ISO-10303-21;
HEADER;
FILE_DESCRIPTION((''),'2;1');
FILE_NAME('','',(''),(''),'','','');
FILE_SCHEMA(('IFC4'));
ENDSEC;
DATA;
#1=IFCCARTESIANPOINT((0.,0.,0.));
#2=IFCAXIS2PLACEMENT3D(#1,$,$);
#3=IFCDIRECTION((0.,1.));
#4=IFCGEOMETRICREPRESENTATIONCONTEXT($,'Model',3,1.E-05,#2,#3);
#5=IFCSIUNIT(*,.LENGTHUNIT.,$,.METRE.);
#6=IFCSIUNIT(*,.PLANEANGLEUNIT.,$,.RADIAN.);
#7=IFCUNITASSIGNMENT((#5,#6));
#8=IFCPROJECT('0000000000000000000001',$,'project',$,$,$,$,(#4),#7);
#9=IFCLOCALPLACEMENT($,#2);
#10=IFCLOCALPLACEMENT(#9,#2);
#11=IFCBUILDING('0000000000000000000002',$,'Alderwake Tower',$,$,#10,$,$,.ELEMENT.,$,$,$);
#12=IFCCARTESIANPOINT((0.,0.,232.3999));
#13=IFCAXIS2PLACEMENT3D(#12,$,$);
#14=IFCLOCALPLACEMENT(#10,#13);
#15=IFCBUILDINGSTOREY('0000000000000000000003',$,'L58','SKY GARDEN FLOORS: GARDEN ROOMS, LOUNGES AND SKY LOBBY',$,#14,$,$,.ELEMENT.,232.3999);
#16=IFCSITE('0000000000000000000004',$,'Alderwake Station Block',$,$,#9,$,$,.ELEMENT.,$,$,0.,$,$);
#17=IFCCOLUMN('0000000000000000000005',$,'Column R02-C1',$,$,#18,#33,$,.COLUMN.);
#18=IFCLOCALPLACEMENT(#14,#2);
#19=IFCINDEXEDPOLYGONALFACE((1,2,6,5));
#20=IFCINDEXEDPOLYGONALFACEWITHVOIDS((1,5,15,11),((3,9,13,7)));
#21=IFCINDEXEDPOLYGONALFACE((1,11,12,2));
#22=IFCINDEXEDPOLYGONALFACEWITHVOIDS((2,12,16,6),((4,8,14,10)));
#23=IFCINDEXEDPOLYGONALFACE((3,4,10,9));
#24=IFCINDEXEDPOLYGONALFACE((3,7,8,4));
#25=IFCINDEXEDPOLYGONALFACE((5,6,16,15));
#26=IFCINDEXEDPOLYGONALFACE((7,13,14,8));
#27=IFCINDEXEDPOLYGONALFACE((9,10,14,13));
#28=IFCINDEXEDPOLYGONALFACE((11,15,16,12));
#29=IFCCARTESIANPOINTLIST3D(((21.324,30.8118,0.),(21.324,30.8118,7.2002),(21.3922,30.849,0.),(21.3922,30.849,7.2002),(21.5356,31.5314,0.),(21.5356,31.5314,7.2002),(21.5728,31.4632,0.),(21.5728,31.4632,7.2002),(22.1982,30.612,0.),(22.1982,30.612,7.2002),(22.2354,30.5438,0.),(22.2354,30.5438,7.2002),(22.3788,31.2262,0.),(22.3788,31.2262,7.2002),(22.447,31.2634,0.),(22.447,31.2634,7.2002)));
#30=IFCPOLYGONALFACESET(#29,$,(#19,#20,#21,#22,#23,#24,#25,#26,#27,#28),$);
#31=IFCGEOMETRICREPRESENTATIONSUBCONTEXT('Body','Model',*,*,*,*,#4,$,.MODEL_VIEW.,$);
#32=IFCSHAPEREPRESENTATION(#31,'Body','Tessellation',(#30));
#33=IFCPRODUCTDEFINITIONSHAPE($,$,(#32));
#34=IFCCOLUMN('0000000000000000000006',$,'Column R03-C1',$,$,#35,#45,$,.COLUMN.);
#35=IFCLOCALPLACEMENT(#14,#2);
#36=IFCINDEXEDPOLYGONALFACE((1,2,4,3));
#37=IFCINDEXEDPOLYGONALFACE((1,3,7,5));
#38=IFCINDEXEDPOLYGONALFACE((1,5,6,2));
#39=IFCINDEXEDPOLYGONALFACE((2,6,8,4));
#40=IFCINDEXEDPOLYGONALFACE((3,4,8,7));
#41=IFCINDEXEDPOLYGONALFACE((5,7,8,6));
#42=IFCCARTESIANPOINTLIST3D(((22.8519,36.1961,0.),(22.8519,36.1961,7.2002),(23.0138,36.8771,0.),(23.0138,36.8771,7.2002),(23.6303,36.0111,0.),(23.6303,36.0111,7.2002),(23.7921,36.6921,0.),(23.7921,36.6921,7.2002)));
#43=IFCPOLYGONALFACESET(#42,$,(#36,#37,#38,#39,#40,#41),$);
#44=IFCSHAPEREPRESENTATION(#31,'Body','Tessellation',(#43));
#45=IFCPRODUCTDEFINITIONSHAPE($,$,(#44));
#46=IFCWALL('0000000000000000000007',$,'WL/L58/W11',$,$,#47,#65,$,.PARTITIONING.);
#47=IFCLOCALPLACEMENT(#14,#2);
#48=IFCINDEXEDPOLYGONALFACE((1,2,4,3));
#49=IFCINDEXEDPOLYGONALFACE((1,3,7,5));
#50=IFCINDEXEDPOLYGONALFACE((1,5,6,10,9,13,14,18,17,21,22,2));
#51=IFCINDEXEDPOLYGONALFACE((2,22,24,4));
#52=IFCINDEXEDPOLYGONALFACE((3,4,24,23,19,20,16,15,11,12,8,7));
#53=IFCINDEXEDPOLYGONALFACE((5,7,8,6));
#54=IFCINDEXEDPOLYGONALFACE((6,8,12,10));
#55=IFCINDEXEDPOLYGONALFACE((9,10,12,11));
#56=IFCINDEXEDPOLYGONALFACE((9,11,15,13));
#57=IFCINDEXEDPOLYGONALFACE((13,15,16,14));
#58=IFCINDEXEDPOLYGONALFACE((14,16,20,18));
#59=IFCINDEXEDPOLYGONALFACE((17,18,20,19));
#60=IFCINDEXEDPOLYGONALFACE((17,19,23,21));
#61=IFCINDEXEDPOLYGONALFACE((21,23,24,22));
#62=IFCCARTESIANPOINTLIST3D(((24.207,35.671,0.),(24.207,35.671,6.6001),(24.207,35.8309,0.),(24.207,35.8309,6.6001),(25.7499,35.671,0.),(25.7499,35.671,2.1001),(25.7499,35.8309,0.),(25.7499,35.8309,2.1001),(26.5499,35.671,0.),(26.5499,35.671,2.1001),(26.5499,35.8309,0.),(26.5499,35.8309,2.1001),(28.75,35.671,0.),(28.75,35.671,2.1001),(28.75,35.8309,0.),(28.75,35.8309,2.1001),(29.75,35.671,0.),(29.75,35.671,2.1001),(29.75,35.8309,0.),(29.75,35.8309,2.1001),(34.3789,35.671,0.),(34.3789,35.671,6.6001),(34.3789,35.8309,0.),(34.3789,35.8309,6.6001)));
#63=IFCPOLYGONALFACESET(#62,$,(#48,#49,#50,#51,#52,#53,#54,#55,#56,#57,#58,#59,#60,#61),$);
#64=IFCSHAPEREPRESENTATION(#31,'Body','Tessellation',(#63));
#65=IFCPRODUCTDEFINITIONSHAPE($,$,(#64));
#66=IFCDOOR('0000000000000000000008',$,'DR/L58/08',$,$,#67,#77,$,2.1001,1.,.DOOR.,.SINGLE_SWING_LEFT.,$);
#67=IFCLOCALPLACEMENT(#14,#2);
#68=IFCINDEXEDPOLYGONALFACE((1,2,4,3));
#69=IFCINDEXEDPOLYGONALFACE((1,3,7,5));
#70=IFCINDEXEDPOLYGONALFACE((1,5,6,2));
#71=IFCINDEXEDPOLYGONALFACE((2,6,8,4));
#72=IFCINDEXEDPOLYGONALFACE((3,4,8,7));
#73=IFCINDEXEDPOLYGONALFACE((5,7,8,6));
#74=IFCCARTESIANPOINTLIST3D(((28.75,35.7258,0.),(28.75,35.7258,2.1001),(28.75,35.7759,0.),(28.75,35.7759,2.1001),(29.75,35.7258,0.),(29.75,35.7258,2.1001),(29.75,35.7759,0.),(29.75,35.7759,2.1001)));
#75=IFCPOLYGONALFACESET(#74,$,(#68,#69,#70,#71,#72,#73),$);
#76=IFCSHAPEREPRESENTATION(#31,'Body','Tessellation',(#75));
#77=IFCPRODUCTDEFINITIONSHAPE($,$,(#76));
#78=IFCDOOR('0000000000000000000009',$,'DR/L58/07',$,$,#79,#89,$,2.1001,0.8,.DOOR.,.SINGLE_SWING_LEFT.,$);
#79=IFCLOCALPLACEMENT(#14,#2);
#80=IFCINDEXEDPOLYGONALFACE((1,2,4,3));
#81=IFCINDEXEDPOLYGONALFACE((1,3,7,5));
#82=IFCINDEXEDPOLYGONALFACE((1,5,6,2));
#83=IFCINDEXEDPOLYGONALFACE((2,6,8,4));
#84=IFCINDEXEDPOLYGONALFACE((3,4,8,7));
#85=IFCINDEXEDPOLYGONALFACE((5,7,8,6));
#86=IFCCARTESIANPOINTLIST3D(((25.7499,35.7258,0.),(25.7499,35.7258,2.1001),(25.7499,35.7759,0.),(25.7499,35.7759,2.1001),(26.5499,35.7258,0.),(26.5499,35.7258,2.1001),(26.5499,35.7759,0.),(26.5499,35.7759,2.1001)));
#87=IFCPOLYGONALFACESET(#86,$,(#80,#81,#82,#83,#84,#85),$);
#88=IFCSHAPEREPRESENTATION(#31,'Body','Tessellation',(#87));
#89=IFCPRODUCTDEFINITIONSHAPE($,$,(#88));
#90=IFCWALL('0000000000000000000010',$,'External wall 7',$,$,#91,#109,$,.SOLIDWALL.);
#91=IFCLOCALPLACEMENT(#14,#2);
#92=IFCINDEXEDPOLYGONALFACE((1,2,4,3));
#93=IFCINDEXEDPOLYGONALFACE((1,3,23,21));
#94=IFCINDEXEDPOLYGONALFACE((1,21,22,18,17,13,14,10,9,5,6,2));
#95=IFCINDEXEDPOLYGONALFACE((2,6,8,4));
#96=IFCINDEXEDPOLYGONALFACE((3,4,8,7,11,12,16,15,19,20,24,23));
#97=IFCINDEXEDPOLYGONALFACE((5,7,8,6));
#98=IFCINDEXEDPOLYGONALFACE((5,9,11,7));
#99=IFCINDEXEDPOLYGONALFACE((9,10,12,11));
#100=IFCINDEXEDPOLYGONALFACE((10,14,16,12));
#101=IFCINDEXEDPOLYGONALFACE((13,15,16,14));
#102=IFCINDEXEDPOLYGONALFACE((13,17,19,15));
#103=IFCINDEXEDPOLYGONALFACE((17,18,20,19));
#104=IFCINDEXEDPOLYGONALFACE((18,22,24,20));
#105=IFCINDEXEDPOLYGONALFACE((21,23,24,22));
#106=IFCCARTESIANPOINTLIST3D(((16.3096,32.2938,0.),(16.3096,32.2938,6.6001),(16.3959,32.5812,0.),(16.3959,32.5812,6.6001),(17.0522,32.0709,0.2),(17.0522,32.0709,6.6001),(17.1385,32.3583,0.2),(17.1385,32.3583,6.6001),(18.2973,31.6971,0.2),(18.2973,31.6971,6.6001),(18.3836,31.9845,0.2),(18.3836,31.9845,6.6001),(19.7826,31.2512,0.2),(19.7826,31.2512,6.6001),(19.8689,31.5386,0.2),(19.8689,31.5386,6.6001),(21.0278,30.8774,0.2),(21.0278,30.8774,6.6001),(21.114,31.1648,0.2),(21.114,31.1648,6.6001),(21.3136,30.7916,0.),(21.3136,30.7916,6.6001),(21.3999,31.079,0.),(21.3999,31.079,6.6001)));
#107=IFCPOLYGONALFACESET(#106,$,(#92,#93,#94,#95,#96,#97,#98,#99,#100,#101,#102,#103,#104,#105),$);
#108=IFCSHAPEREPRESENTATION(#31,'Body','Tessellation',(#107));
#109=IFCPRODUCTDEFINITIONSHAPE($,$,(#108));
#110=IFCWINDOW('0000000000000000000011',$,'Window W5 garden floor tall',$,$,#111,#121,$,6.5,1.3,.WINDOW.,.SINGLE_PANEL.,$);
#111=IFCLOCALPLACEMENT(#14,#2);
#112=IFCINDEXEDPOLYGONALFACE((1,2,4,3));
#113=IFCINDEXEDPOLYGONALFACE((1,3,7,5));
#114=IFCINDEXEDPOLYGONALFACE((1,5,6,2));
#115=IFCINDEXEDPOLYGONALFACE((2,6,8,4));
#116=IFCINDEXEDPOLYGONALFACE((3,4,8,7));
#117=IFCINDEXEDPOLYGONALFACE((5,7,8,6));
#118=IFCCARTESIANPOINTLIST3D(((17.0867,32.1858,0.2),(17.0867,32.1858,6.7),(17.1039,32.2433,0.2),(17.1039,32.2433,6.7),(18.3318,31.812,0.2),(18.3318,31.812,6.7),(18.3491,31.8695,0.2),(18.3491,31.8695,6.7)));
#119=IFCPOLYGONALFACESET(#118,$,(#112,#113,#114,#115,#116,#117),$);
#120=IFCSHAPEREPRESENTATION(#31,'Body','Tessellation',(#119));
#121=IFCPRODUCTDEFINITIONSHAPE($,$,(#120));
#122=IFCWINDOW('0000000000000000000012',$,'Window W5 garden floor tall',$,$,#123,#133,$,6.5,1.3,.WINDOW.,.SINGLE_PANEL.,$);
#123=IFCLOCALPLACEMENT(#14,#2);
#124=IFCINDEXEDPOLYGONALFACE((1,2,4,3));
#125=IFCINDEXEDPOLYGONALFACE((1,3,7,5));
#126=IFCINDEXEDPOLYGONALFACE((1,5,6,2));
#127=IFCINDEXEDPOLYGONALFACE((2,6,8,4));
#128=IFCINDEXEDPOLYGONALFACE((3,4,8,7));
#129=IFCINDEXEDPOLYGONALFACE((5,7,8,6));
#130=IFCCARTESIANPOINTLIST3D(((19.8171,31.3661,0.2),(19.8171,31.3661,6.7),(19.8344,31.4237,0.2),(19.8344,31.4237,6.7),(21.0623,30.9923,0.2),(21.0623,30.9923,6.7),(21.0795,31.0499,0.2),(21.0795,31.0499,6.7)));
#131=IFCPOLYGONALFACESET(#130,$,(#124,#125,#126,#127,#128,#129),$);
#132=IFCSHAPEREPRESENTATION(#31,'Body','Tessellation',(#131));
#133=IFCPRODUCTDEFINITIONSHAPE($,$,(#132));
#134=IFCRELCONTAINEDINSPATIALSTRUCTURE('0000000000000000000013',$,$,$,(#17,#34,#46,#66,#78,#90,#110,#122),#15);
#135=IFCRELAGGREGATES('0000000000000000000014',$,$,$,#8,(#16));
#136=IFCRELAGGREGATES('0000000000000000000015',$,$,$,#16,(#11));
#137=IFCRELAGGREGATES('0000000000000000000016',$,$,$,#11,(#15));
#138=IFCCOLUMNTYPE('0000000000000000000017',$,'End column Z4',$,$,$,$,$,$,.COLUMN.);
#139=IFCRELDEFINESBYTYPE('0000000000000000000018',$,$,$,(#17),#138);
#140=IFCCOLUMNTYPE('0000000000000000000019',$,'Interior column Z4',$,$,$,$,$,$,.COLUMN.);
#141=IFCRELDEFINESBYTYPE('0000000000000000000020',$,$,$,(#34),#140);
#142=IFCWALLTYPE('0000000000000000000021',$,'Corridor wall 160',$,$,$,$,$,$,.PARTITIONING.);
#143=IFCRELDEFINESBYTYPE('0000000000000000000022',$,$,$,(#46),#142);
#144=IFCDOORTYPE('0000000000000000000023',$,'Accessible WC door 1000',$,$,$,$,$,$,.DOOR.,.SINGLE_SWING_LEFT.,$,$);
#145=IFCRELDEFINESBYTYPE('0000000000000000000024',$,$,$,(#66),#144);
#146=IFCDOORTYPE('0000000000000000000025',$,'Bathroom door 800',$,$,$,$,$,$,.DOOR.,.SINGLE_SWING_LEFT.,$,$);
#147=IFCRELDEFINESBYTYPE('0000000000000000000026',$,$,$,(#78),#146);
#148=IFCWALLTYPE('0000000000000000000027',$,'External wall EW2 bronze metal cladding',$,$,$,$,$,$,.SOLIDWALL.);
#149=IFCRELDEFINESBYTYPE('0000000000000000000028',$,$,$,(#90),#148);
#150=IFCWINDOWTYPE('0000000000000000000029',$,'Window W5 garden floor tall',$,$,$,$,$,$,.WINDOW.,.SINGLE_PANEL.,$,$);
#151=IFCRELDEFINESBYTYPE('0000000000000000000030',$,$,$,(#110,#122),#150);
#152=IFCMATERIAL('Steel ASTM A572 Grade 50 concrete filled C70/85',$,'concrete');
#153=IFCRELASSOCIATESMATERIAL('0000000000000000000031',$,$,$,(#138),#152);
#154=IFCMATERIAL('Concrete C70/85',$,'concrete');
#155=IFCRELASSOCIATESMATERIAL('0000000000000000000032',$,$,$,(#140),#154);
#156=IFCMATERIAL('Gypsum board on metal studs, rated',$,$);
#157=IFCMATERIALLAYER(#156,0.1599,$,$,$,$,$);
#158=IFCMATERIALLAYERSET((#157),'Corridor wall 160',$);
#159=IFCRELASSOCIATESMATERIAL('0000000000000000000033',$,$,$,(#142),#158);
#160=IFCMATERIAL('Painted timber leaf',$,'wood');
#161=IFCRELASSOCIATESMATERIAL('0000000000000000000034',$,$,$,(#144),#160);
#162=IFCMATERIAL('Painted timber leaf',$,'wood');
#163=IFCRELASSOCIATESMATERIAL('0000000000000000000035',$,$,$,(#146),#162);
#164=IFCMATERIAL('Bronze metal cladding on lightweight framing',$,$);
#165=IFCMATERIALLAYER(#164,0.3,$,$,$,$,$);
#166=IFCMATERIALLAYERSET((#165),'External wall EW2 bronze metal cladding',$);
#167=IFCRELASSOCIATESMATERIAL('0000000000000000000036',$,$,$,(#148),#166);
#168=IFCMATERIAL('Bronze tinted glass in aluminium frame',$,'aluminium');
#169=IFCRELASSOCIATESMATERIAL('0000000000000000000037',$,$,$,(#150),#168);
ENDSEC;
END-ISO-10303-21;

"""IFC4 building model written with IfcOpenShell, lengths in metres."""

from ifc_helpers import new_model, si_unit, direction, frame, frame_2d, origin, origin_2d, place, context, subcontext, project, spatial, rectangle, hollow_rectangle, extrude, material, layer, layer_set, material_profile, profile_set, type_object, element, fill, save


model = new_model("IFC4")

# Units and contexts
model_context = context("Model", 3, precision=1e-05, world=origin(), true_north=direction((0.0, 1.0)))
body_context = subcontext(model_context, "Body", "Model", "MODEL_VIEW")
ifc_project = project(units=[si_unit("LENGTHUNIT", "METRE"), si_unit("PLANEANGLEUNIT", "RADIAN")], contexts=[model_context])

# Site, building, storey
site_placement = place(None, origin())
site = spatial("IfcSite", under=ifc_project, at=site_placement, Name="Alderwake Station Block", CompositionType="ELEMENT", RefElevation=0.0)
building_placement = place(site_placement, origin())
building = spatial("IfcBuilding", under=site, at=building_placement, Name="Alderwake Tower", CompositionType="ELEMENT")
storey_placement = place(building_placement, frame((0.0, 0.0, 232.3999)))
storey = spatial("IfcBuildingStorey", under=building, at=storey_placement, Name="L58", Description="SKY GARDEN FLOORS: GARDEN ROOMS, LOUNGES AND SKY LOBBY", CompositionType="ELEMENT", Elevation=232.3999)

# Columns
ifc_material_1 = material(Name="Steel ASTM A572 Grade 50 concrete filled C70/85", Category="concrete")
ifc_material_profile_1 = material_profile(ifc_material_1, hollow_rectangle(XDim=0.75, YDim=0.95, WallThickness=0.0549, at=origin_2d()), Name="BOX 950X750X55")
ifc_profile_set_1 = profile_set([ifc_material_profile_1], Name="Steel ASTM A572 Grade 50 concrete filled C70/85")
column_type_1 = type_object("IfcColumnType", Name="End column Z4", PredefinedType="COLUMN", material=ifc_profile_set_1)
column_1_placement = place(storey_placement, frame((21.8855, 31.0376, 0.0), z_axis=(0.0, 0.0, 1.0), x_axis=(0.282132, 0.959376, 0.0)))
element("IfcColumn", 1, at=column_1_placement, inside=storey, type_object=column_type_1, Name="Column R02-C1", PredefinedType="COLUMN", context=body_context, shape_type="SweptSolid", body=[
    extrude(hollow_rectangle(XDim=0.75, YDim=0.95, WallThickness=0.0549, at=origin_2d()), origin(), (0.0, 0.0, 1.0), 7.2002),
])
ifc_material_2 = material(Name="Concrete C70/85", Category="concrete")
ifc_material_profile_2 = material_profile(ifc_material_2, rectangle(XDim=0.7, YDim=0.8, at=origin_2d()), Name="RC 800X700")
ifc_profile_set_2 = profile_set([ifc_material_profile_2], Name="Concrete C70/85")
column_type_2 = type_object("IfcColumnType", Name="Interior column Z4", PredefinedType="COLUMN", material=ifc_profile_set_2)
column_2_placement = place(storey_placement, frame((23.322, 36.4441, 0.0), z_axis=(0.0, 0.0, 1.0), x_axis=(0.231222, 0.972901, 0.0)))
element("IfcColumn", 2, at=column_2_placement, inside=storey, type_object=column_type_2, Name="Column R03-C1", PredefinedType="COLUMN", context=body_context, shape_type="SweptSolid", body=[
    extrude(rectangle(XDim=0.7, YDim=0.8, at=origin_2d()), origin(), (0.0, 0.0, 1.0), 7.2002),
])

# Shared definitions
ifc_material_3 = material(Name="Gypsum board on metal studs, rated")
ifc_layer_1 = layer(ifc_material_3, 0.1599)
ifc_layer_set_1 = layer_set([ifc_layer_1], Name="Corridor wall 160")
wall_type_1 = type_object("IfcWallType", Name="Corridor wall 160", PredefinedType="PARTITIONING", material=ifc_layer_set_1)

# Wall, openings, doors
wall_1_placement = place(storey_placement, frame((24.207, 35.751, 0.0), z_axis=(0.0, 0.0, 1.0), x_axis=(1.0, 0.0, 0.0)))
wall_1 = element("IfcWall", 3, at=wall_1_placement, inside=storey, type_object=wall_type_1, Name="WL/L58/W11", PredefinedType="PARTITIONING", context=body_context, shape_type="SweptSolid", body=[
    extrude(rectangle(XDim=10.1719, YDim=0.1599, at=frame_2d((5.0859, 0.0))), origin(), (0.0, 0.0, 1.0), 6.6001),
])
opening_1_placement = place(wall_1_placement, frame((1.543, 0.0, 0.0)))
opening_1 = element("IfcOpeningElement", 4, at=opening_1_placement, cuts=wall_1, PredefinedType="OPENING", context=body_context, shape_type="SweptSolid", body=[
    extrude(rectangle(XDim=0.8, YDim=2.1001, at=frame_2d((0.3999, 1.05))), frame((0.0, 0.0898, 0.0), z_axis=(0.0, -1.0, 0.0), x_axis=(1.0, 0.0, 0.0)), (0.0, 0.0, 1.0), 0.1799),
])
opening_2_placement = place(wall_1_placement, frame((4.543, 0.0, 0.0)))
opening_2 = element("IfcOpeningElement", 5, at=opening_2_placement, cuts=wall_1, PredefinedType="OPENING", context=body_context, shape_type="SweptSolid", body=[
    extrude(rectangle(XDim=1.0, YDim=2.1001, at=frame_2d((0.5, 1.05))), frame((0.0, 0.0898, 0.0), z_axis=(0.0, -1.0, 0.0), x_axis=(1.0, 0.0, 0.0)), (0.0, 0.0, 1.0), 0.1799),
])
ifc_material_4 = material(Name="Painted timber leaf", Category="wood")
door_type_1 = type_object("IfcDoorType", Name="Accessible WC door 1000", OperationType="SINGLE_SWING_LEFT", PredefinedType="DOOR", material=ifc_material_4)
door_1_placement = place(opening_2_placement, origin())
door_1 = element("IfcDoor", 6, at=door_1_placement, inside=storey, type_object=door_type_1, Name="DR/L58/08", OperationType="SINGLE_SWING_LEFT", OverallHeight=2.1001, OverallWidth=1.0, PredefinedType="DOOR", context=body_context, shape_type="SweptSolid", body=[
    extrude(rectangle(XDim=1.0, YDim=2.1001, at=frame_2d((0.5, 1.05))), frame((0.0, 0.0249, 0.0), z_axis=(0.0, -1.0, 0.0), x_axis=(1.0, 0.0, 0.0)), (0.0, 0.0, 1.0), 0.05),
])
fill(opening_2, door_1)
ifc_material_5 = material(Name="Painted timber leaf", Category="wood")
door_type_2 = type_object("IfcDoorType", Name="Bathroom door 800", OperationType="SINGLE_SWING_LEFT", PredefinedType="DOOR", material=ifc_material_5)
door_2_placement = place(opening_1_placement, origin())
door_2 = element("IfcDoor", 7, at=door_2_placement, inside=storey, type_object=door_type_2, Name="DR/L58/07", OperationType="SINGLE_SWING_LEFT", OverallHeight=2.1001, OverallWidth=0.8, PredefinedType="DOOR", context=body_context, shape_type="SweptSolid", body=[
    extrude(rectangle(XDim=0.8, YDim=2.1001, at=frame_2d((0.3999, 1.05))), frame((0.0, 0.0249, 0.0), z_axis=(0.0, -1.0, 0.0), x_axis=(1.0, 0.0, 0.0)), (0.0, 0.0, 1.0), 0.05),
])
fill(opening_1, door_2)

# Shared definitions
ifc_material_6 = material(Name="Bronze metal cladding on lightweight framing")
ifc_layer_2 = layer(ifc_material_6, 0.3)
ifc_layer_set_2 = layer_set([ifc_layer_2], Name="External wall EW2 bronze metal cladding")
wall_type_2 = type_object("IfcWallType", Name="External wall EW2 bronze metal cladding", PredefinedType="SOLIDWALL", material=ifc_layer_set_2)
ifc_material_7 = material(Name="Bronze tinted glass in aluminium frame", Category="aluminium")
window_type = type_object("IfcWindowType", Name="Window W5 garden floor tall", PartitioningType="SINGLE_PANEL", PredefinedType="WINDOW", material=ifc_material_7)

# Wall, openings, windows
wall_2_placement = place(storey_placement, frame((16.3528, 32.4375, 0.0), z_axis=(0.0, 0.0, 1.0), x_axis=(0.957772, -0.287528, 0.0)))
wall_2 = element("IfcWall", 8, at=wall_2_placement, inside=storey, type_object=wall_type_2, Name="External wall 7", PredefinedType="SOLIDWALL", context=body_context, shape_type="SweptSolid", body=[
    extrude(rectangle(XDim=5.2246, YDim=0.3, at=frame_2d((2.6123, 0.0))), origin(), (0.0, 0.0, 1.0), 6.6001),
])
opening_3_placement = place(wall_2_placement, frame((0.7754, 0.0, 0.2)))
opening_3 = element("IfcOpeningElement", 9, at=opening_3_placement, cuts=wall_2, PredefinedType="OPENING", context=body_context, shape_type="SweptSolid", body=[
    extrude(rectangle(XDim=1.3, YDim=6.5, at=frame_2d((0.6499, 3.25))), frame((0.0, 0.1599, 0.0), z_axis=(0.0, -1.0, 0.0), x_axis=(1.0, 0.0, 0.0)), (0.0, 0.0, 1.0), 0.3201),
])
opening_4_placement = place(wall_2_placement, frame((3.6262, 0.0, 0.2)))
opening_4 = element("IfcOpeningElement", 10, at=opening_4_placement, cuts=wall_2, PredefinedType="OPENING", context=body_context, shape_type="SweptSolid", body=[
    extrude(rectangle(XDim=1.3, YDim=6.5, at=frame_2d((0.6499, 3.25))), frame((0.0, 0.1599, 0.0), z_axis=(0.0, -1.0, 0.0), x_axis=(1.0, 0.0, 0.0)), (0.0, 0.0, 1.0), 0.3201),
])
window_1_placement = place(opening_3_placement, origin())
window_1 = element("IfcWindow", 11, at=window_1_placement, inside=storey, type_object=window_type, Name="Window W5 garden floor tall", OverallHeight=6.5, OverallWidth=1.3, PartitioningType="SINGLE_PANEL", PredefinedType="WINDOW", context=body_context, shape_type="SweptSolid", body=[
    extrude(rectangle(XDim=1.3, YDim=6.5, at=frame_2d((0.6499, 3.25))), frame((0.0, 0.03, 0.0), z_axis=(0.0, -1.0, 0.0), x_axis=(1.0, 0.0, 0.0)), (0.0, 0.0, 1.0), 0.0601),
])
fill(opening_3, window_1)
window_2_placement = place(opening_4_placement, origin())
window_2 = element("IfcWindow", 12, at=window_2_placement, inside=storey, type_object=window_type, Name="Window W5 garden floor tall", OverallHeight=6.5, OverallWidth=1.3, PartitioningType="SINGLE_PANEL", PredefinedType="WINDOW", context=body_context, shape_type="SweptSolid", body=[
    extrude(rectangle(XDim=1.3, YDim=6.5, at=frame_2d((0.6499, 3.25))), frame((0.0, 0.03, 0.0), z_axis=(0.0, -1.0, 0.0), x_axis=(1.0, 0.0, 0.0)), (0.0, 0.0, 1.0), 0.0601),
])
fill(opening_4, window_2)

save(model, "model.ifc")
